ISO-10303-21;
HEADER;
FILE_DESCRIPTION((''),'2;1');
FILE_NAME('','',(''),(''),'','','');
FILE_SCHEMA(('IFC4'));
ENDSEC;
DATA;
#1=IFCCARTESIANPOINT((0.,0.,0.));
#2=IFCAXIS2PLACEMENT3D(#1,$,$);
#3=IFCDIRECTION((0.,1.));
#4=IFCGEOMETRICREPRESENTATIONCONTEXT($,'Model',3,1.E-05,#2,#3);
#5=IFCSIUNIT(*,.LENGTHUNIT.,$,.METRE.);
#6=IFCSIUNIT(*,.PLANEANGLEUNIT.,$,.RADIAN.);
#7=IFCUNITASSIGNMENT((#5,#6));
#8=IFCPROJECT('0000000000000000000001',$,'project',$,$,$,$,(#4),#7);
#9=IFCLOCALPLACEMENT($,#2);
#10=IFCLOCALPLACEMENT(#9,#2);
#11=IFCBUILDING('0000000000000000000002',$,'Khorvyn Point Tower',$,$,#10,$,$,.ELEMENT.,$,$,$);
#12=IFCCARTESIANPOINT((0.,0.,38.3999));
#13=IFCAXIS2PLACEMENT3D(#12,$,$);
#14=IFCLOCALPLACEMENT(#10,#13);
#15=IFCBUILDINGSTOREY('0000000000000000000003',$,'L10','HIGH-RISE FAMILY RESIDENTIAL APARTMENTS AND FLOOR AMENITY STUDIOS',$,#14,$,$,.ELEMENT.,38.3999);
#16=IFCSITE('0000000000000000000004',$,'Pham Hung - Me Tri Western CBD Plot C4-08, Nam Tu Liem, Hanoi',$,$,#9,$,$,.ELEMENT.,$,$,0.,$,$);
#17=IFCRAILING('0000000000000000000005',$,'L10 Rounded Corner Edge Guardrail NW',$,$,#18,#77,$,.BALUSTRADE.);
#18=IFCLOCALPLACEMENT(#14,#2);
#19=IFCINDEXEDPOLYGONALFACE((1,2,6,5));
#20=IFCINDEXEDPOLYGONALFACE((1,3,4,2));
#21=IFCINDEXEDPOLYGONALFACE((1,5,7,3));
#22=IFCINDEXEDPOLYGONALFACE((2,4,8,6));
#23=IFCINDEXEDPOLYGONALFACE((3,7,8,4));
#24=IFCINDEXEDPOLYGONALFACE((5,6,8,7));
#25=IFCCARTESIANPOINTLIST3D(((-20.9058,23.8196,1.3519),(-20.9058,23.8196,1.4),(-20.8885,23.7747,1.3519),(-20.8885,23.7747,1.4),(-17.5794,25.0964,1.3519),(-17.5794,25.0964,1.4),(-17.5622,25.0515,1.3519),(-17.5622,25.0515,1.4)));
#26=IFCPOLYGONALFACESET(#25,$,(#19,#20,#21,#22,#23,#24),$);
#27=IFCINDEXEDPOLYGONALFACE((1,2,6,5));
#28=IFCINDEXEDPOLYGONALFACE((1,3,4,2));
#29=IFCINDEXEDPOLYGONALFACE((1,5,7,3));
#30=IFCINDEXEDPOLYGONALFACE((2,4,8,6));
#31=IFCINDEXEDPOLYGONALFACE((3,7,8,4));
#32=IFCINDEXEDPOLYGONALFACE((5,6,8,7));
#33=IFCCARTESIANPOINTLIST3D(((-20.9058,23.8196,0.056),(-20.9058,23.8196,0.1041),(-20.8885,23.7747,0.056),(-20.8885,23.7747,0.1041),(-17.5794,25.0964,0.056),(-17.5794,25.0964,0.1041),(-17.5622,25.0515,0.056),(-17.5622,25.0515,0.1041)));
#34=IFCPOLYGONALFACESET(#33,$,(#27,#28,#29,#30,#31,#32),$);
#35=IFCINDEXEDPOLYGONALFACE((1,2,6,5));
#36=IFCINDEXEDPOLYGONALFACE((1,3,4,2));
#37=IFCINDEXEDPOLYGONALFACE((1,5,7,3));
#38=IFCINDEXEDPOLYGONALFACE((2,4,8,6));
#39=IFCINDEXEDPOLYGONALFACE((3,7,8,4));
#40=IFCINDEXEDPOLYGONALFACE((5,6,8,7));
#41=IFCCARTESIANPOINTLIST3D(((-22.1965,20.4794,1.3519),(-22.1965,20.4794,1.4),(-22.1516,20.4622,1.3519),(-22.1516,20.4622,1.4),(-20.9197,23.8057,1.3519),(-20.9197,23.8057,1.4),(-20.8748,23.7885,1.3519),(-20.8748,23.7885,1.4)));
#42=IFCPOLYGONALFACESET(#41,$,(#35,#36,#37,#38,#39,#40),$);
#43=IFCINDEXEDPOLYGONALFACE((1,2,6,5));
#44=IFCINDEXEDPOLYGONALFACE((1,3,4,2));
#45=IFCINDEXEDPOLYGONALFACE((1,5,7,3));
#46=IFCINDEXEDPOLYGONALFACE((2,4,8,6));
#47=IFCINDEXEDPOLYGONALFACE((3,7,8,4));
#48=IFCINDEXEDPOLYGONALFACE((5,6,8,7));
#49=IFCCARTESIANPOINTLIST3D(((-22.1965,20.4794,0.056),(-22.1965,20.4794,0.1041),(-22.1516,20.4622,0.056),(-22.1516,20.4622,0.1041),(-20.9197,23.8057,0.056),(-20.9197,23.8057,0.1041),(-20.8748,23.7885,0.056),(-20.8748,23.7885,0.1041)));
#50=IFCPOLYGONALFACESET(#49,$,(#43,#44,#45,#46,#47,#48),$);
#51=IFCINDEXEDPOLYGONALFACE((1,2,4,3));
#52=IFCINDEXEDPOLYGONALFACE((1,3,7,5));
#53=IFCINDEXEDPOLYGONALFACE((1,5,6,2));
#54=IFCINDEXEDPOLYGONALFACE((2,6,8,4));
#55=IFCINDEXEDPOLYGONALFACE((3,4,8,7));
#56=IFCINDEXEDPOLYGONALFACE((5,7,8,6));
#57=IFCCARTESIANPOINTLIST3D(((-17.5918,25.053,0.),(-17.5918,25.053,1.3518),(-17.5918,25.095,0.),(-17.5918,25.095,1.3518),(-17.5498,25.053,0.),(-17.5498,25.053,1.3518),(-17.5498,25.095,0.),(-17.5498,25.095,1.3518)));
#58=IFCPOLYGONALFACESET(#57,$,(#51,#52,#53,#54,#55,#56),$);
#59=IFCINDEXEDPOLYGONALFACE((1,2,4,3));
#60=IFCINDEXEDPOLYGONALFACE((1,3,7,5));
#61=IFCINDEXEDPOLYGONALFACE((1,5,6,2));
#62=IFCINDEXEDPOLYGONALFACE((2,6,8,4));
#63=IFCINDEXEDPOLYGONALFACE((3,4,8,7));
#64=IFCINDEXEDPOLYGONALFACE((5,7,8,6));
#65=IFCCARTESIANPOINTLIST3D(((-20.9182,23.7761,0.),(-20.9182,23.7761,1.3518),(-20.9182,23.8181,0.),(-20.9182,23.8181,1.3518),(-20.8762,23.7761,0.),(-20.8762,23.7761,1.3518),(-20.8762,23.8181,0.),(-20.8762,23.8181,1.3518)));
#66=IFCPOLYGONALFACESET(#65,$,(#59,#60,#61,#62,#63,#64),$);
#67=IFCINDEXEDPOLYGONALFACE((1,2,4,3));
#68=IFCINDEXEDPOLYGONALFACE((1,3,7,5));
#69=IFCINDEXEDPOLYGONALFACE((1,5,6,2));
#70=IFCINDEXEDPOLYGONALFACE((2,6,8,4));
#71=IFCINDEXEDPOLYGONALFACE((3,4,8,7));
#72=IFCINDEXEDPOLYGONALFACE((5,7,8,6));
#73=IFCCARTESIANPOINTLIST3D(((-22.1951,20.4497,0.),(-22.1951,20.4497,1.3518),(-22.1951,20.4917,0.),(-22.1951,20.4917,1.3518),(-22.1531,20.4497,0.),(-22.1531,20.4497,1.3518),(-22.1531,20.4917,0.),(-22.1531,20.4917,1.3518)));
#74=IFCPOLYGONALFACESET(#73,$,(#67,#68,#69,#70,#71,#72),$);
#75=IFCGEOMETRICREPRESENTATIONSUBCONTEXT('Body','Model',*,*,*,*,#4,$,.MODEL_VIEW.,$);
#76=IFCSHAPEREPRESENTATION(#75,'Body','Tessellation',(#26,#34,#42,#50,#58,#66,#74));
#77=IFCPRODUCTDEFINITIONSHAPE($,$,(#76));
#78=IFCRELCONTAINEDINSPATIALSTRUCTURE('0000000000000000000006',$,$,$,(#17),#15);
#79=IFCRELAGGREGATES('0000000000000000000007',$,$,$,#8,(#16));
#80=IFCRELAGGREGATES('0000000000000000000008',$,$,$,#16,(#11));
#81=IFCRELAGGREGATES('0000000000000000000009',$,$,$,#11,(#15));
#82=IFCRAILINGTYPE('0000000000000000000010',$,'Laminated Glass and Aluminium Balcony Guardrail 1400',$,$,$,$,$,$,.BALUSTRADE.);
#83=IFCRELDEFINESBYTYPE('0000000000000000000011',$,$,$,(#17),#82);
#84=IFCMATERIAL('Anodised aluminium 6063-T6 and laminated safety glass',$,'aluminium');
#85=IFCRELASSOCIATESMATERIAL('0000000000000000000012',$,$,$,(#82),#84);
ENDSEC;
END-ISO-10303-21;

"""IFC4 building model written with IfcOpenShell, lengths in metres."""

from ifc_helpers import new_model, si_unit, direction, frame, origin, origin_2d, place, context, subcontext, project, spatial, rectangle, extrude, material, type_object, element, save


model = new_model("IFC4")

# Units and contexts
model_context = context("Model", 3, precision=1e-05, world=origin(), true_north=direction((0.0, 1.0)))
body_context = subcontext(model_context, "Body", "Model", "MODEL_VIEW")
ifc_project = project(units=[si_unit("LENGTHUNIT", "METRE"), si_unit("PLANEANGLEUNIT", "RADIAN")], contexts=[model_context])

# Site, building, storey
site_placement = place(None, origin())
site = spatial("IfcSite", under=ifc_project, at=site_placement, Name="Pham Hung - Me Tri Western CBD Plot C4-08, Nam Tu Liem, Hanoi", CompositionType="ELEMENT", RefElevation=0.0)
building_placement = place(site_placement, origin())
building = spatial("IfcBuilding", under=site, at=building_placement, Name="Khorvyn Point Tower", CompositionType="ELEMENT")
storey_placement = place(building_placement, frame((0.0, 0.0, 38.3999)))
storey = spatial("IfcBuildingStorey", under=building, at=storey_placement, Name="L10", Description="HIGH-RISE FAMILY RESIDENTIAL APARTMENTS AND FLOOR AMENITY STUDIOS", CompositionType="ELEMENT", Elevation=38.3999)

# Railing
ifc_material_1 = material(Name="Anodised aluminium 6063-T6 and laminated safety glass", Category="aluminium")
railing_type = type_object("IfcRailingType", Name="Laminated Glass and Aluminium Balcony Guardrail 1400", PredefinedType="BALUSTRADE", material=ifc_material_1)
railing_1_placement = place(storey_placement, frame((-17.5708, 25.074, 0.0)))
element("IfcRailing", 1, at=railing_1_placement, inside=storey, type_object=railing_type, Name="L10 Rounded Corner Edge Guardrail NW", PredefinedType="BALUSTRADE", context=body_context, shape_type="SweptSolid", body=[
    extrude(rectangle(XDim=0.0481, YDim=0.0481, at=origin_2d()), frame((0.0, 0.0, 1.376), z_axis=(-0.933584, -0.358359, 0.0), x_axis=(0.358359, -0.933584, 0.0)), (0.0, 0.0, 1.0), 3.563),
    extrude(rectangle(XDim=0.0481, YDim=0.0481, at=origin_2d()), frame((0.0, 0.0, 0.0801), z_axis=(-0.933584, -0.358359, 0.0), x_axis=(0.358359, -0.933584, 0.0)), (0.0, 0.0, 1.0), 3.563),
    extrude(rectangle(XDim=0.0481, YDim=0.0481, at=origin_2d()), frame((-3.3264, -1.2769, 1.376), z_axis=(-0.358359, -0.933584, 0.0), x_axis=(0.933584, -0.358359, 0.0)), (0.0, 0.0, 1.0), 3.563),
    extrude(rectangle(XDim=0.0481, YDim=0.0481, at=origin_2d()), frame((-3.3264, -1.2769, 0.0801), z_axis=(-0.358359, -0.933584, 0.0), x_axis=(0.933584, -0.358359, 0.0)), (0.0, 0.0, 1.0), 3.563),
    extrude(rectangle(XDim=0.042, YDim=0.042, at=origin_2d()), origin(), (0.0, 0.0, 1.0), 1.3518),
    extrude(rectangle(XDim=0.042, YDim=0.042, at=origin_2d()), frame((-3.3264, -1.2769, 0.0)), (0.0, 0.0, 1.0), 1.3518),
    extrude(rectangle(XDim=0.042, YDim=0.042, at=origin_2d()), frame((-4.6033, -4.6033, 0.0)), (0.0, 0.0, 1.0), 1.3518),
])

save(model, "model.ifc")
